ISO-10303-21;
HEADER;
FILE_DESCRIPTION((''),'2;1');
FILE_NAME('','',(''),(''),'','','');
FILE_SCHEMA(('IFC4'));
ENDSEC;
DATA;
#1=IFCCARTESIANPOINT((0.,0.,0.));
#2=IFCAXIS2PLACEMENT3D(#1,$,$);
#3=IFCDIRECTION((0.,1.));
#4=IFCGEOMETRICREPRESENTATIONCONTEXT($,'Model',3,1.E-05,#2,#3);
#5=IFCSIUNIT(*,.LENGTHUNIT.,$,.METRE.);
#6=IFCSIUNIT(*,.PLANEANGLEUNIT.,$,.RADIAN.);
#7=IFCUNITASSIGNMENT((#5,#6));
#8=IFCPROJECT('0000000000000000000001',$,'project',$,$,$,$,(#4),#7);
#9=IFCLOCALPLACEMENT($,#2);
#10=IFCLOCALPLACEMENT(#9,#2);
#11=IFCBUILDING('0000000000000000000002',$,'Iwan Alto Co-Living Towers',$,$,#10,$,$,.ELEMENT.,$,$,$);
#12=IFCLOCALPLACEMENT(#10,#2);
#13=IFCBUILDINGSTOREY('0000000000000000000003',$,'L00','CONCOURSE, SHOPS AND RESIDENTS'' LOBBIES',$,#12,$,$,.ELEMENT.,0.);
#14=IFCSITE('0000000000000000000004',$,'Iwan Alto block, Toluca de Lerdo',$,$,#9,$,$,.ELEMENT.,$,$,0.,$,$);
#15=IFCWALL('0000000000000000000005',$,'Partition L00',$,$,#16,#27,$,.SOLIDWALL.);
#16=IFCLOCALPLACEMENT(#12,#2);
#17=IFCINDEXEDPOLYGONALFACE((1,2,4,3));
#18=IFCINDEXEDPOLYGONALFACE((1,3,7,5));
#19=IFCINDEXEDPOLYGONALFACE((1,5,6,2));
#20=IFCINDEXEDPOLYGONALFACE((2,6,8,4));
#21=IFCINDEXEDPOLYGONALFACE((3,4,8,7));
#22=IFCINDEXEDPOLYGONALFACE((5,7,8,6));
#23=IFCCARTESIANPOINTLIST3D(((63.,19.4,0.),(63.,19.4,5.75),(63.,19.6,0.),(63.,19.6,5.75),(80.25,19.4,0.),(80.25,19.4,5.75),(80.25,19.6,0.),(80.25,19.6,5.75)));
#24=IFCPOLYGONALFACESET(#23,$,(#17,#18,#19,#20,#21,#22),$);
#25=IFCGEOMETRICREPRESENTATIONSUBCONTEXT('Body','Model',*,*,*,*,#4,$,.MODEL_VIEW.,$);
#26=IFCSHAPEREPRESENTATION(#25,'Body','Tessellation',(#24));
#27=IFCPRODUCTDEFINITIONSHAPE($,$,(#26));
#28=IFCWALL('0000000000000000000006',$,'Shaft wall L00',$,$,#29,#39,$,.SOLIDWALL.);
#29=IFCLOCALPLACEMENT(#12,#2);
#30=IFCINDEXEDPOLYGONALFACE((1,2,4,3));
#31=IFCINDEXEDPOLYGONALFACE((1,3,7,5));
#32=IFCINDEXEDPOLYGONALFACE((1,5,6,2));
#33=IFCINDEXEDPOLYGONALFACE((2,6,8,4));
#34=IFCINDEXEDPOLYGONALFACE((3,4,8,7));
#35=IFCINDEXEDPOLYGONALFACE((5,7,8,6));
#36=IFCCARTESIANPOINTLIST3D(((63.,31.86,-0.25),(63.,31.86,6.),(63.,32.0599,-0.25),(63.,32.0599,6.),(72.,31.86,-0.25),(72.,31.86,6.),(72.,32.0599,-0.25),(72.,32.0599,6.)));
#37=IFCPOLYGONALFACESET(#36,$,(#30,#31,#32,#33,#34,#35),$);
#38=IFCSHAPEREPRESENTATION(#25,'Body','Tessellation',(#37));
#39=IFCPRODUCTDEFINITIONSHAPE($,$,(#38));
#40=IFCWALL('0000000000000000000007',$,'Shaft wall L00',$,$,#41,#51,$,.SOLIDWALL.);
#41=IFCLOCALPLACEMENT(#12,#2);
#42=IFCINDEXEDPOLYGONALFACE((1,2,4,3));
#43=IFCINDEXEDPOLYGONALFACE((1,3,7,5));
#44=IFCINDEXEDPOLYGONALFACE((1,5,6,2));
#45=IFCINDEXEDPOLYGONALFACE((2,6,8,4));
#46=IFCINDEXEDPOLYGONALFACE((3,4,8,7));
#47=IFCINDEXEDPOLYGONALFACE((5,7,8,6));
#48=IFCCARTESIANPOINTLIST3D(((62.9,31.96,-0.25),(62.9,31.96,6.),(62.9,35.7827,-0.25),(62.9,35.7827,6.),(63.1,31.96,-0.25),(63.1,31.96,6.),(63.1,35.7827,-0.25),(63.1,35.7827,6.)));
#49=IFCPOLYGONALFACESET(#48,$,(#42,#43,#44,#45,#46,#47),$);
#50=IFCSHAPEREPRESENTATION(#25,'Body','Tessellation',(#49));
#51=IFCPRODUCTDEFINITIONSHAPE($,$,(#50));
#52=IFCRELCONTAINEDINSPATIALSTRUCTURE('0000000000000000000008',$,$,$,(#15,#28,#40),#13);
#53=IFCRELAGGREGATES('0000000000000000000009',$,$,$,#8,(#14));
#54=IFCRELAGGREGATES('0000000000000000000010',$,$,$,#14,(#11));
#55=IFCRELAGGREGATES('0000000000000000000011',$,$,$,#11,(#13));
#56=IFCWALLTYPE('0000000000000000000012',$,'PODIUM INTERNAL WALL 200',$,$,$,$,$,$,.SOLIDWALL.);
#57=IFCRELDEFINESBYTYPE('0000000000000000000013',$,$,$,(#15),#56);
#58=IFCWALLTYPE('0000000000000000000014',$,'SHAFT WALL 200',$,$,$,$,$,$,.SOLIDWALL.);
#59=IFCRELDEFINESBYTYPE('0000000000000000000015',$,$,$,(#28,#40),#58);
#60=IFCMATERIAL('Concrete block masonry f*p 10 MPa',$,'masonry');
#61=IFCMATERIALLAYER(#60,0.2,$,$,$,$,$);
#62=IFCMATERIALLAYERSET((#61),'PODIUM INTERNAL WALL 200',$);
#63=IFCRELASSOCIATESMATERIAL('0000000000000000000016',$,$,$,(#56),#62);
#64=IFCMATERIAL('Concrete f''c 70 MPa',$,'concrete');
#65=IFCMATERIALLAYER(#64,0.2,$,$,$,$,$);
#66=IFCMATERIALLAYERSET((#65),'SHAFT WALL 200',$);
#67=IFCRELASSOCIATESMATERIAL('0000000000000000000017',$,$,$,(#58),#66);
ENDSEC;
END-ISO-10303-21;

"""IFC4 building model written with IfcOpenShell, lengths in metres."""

from ifc_helpers import new_model, si_unit, direction, frame, frame_2d, origin, place, context, subcontext, project, spatial, rectangle, extrude, material, layer, layer_set, type_object, element, save


model = new_model("IFC4")

# Units and contexts
model_context = context("Model", 3, precision=1e-05, world=origin(), true_north=direction((0.0, 1.0)))
body_context = subcontext(model_context, "Body", "Model", "MODEL_VIEW")
ifc_project = project(units=[si_unit("LENGTHUNIT", "METRE"), si_unit("PLANEANGLEUNIT", "RADIAN")], contexts=[model_context])

# Site, building, storey
site_placement = place(None, origin())
site = spatial("IfcSite", under=ifc_project, at=site_placement, Name="Iwan Alto block, Toluca de Lerdo", CompositionType="ELEMENT", RefElevation=0.0)
building_placement = place(site_placement, origin())
building = spatial("IfcBuilding", under=site, at=building_placement, Name="Iwan Alto Co-Living Towers", CompositionType="ELEMENT")
storey_placement = place(building_placement, origin())
storey = spatial("IfcBuildingStorey", under=building, at=storey_placement, Name="L00", Description="CONCOURSE, SHOPS AND RESIDENTS' LOBBIES", CompositionType="ELEMENT", Elevation=0.0)

# Walls
ifc_material_1 = material(Name="Concrete block masonry f*p 10 MPa", Category="masonry")
ifc_layer_1 = layer(ifc_material_1, 0.2)
ifc_layer_set_1 = layer_set([ifc_layer_1], Name="PODIUM INTERNAL WALL 200")
wall_type_1 = type_object("IfcWallType", Name="PODIUM INTERNAL WALL 200", PredefinedType="SOLIDWALL", material=ifc_layer_set_1)
wall_1_placement = place(storey_placement, frame((63.0, 19.5, 0.0), z_axis=(0.0, 0.0, 1.0), x_axis=(1.0, 0.0, 0.0)))
element("IfcWall", 1, at=wall_1_placement, inside=storey, type_object=wall_type_1, Name="Partition L00", PredefinedType="SOLIDWALL", context=body_context, shape_type="SweptSolid", body=[
    extrude(rectangle(XDim=17.25, YDim=0.2, at=frame_2d((8.625, 0.0))), origin(), (0.0, 0.0, 1.0), 5.75),
])
ifc_material_2 = material(Name="Concrete f'c 70 MPa", Category="concrete")
ifc_layer_2 = layer(ifc_material_2, 0.2)
ifc_layer_set_2 = layer_set([ifc_layer_2], Name="SHAFT WALL 200")
wall_type_2 = type_object("IfcWallType", Name="SHAFT WALL 200", PredefinedType="SOLIDWALL", material=ifc_layer_set_2)
wall_2_placement = place(storey_placement, frame((63.0, 31.96, -0.25), z_axis=(0.0, 0.0, 1.0), x_axis=(1.0, 0.0, 0.0)))
element("IfcWall", 2, at=wall_2_placement, inside=storey, type_object=wall_type_2, Name="Shaft wall L00", PredefinedType="SOLIDWALL", context=body_context, shape_type="SweptSolid", body=[
    extrude(rectangle(XDim=9.0, YDim=0.2, at=frame_2d((4.5, 0.0))), origin(), (0.0, 0.0, 1.0), 6.25),
])
wall_3_placement = place(storey_placement, frame((63.0, 31.96, -0.25), z_axis=(0.0, 0.0, 1.0), x_axis=(0.0, 1.0, 0.0)))
element("IfcWall", 3, at=wall_3_placement, inside=storey, type_object=wall_type_2, Name="Shaft wall L00", PredefinedType="SOLIDWALL", context=body_context, shape_type="SweptSolid", body=[
    extrude(rectangle(XDim=3.8228, YDim=0.2, at=frame_2d((1.9114, 0.0))), origin(), (0.0, 0.0, 1.0), 6.25),
])

save(model, "model.ifc")
